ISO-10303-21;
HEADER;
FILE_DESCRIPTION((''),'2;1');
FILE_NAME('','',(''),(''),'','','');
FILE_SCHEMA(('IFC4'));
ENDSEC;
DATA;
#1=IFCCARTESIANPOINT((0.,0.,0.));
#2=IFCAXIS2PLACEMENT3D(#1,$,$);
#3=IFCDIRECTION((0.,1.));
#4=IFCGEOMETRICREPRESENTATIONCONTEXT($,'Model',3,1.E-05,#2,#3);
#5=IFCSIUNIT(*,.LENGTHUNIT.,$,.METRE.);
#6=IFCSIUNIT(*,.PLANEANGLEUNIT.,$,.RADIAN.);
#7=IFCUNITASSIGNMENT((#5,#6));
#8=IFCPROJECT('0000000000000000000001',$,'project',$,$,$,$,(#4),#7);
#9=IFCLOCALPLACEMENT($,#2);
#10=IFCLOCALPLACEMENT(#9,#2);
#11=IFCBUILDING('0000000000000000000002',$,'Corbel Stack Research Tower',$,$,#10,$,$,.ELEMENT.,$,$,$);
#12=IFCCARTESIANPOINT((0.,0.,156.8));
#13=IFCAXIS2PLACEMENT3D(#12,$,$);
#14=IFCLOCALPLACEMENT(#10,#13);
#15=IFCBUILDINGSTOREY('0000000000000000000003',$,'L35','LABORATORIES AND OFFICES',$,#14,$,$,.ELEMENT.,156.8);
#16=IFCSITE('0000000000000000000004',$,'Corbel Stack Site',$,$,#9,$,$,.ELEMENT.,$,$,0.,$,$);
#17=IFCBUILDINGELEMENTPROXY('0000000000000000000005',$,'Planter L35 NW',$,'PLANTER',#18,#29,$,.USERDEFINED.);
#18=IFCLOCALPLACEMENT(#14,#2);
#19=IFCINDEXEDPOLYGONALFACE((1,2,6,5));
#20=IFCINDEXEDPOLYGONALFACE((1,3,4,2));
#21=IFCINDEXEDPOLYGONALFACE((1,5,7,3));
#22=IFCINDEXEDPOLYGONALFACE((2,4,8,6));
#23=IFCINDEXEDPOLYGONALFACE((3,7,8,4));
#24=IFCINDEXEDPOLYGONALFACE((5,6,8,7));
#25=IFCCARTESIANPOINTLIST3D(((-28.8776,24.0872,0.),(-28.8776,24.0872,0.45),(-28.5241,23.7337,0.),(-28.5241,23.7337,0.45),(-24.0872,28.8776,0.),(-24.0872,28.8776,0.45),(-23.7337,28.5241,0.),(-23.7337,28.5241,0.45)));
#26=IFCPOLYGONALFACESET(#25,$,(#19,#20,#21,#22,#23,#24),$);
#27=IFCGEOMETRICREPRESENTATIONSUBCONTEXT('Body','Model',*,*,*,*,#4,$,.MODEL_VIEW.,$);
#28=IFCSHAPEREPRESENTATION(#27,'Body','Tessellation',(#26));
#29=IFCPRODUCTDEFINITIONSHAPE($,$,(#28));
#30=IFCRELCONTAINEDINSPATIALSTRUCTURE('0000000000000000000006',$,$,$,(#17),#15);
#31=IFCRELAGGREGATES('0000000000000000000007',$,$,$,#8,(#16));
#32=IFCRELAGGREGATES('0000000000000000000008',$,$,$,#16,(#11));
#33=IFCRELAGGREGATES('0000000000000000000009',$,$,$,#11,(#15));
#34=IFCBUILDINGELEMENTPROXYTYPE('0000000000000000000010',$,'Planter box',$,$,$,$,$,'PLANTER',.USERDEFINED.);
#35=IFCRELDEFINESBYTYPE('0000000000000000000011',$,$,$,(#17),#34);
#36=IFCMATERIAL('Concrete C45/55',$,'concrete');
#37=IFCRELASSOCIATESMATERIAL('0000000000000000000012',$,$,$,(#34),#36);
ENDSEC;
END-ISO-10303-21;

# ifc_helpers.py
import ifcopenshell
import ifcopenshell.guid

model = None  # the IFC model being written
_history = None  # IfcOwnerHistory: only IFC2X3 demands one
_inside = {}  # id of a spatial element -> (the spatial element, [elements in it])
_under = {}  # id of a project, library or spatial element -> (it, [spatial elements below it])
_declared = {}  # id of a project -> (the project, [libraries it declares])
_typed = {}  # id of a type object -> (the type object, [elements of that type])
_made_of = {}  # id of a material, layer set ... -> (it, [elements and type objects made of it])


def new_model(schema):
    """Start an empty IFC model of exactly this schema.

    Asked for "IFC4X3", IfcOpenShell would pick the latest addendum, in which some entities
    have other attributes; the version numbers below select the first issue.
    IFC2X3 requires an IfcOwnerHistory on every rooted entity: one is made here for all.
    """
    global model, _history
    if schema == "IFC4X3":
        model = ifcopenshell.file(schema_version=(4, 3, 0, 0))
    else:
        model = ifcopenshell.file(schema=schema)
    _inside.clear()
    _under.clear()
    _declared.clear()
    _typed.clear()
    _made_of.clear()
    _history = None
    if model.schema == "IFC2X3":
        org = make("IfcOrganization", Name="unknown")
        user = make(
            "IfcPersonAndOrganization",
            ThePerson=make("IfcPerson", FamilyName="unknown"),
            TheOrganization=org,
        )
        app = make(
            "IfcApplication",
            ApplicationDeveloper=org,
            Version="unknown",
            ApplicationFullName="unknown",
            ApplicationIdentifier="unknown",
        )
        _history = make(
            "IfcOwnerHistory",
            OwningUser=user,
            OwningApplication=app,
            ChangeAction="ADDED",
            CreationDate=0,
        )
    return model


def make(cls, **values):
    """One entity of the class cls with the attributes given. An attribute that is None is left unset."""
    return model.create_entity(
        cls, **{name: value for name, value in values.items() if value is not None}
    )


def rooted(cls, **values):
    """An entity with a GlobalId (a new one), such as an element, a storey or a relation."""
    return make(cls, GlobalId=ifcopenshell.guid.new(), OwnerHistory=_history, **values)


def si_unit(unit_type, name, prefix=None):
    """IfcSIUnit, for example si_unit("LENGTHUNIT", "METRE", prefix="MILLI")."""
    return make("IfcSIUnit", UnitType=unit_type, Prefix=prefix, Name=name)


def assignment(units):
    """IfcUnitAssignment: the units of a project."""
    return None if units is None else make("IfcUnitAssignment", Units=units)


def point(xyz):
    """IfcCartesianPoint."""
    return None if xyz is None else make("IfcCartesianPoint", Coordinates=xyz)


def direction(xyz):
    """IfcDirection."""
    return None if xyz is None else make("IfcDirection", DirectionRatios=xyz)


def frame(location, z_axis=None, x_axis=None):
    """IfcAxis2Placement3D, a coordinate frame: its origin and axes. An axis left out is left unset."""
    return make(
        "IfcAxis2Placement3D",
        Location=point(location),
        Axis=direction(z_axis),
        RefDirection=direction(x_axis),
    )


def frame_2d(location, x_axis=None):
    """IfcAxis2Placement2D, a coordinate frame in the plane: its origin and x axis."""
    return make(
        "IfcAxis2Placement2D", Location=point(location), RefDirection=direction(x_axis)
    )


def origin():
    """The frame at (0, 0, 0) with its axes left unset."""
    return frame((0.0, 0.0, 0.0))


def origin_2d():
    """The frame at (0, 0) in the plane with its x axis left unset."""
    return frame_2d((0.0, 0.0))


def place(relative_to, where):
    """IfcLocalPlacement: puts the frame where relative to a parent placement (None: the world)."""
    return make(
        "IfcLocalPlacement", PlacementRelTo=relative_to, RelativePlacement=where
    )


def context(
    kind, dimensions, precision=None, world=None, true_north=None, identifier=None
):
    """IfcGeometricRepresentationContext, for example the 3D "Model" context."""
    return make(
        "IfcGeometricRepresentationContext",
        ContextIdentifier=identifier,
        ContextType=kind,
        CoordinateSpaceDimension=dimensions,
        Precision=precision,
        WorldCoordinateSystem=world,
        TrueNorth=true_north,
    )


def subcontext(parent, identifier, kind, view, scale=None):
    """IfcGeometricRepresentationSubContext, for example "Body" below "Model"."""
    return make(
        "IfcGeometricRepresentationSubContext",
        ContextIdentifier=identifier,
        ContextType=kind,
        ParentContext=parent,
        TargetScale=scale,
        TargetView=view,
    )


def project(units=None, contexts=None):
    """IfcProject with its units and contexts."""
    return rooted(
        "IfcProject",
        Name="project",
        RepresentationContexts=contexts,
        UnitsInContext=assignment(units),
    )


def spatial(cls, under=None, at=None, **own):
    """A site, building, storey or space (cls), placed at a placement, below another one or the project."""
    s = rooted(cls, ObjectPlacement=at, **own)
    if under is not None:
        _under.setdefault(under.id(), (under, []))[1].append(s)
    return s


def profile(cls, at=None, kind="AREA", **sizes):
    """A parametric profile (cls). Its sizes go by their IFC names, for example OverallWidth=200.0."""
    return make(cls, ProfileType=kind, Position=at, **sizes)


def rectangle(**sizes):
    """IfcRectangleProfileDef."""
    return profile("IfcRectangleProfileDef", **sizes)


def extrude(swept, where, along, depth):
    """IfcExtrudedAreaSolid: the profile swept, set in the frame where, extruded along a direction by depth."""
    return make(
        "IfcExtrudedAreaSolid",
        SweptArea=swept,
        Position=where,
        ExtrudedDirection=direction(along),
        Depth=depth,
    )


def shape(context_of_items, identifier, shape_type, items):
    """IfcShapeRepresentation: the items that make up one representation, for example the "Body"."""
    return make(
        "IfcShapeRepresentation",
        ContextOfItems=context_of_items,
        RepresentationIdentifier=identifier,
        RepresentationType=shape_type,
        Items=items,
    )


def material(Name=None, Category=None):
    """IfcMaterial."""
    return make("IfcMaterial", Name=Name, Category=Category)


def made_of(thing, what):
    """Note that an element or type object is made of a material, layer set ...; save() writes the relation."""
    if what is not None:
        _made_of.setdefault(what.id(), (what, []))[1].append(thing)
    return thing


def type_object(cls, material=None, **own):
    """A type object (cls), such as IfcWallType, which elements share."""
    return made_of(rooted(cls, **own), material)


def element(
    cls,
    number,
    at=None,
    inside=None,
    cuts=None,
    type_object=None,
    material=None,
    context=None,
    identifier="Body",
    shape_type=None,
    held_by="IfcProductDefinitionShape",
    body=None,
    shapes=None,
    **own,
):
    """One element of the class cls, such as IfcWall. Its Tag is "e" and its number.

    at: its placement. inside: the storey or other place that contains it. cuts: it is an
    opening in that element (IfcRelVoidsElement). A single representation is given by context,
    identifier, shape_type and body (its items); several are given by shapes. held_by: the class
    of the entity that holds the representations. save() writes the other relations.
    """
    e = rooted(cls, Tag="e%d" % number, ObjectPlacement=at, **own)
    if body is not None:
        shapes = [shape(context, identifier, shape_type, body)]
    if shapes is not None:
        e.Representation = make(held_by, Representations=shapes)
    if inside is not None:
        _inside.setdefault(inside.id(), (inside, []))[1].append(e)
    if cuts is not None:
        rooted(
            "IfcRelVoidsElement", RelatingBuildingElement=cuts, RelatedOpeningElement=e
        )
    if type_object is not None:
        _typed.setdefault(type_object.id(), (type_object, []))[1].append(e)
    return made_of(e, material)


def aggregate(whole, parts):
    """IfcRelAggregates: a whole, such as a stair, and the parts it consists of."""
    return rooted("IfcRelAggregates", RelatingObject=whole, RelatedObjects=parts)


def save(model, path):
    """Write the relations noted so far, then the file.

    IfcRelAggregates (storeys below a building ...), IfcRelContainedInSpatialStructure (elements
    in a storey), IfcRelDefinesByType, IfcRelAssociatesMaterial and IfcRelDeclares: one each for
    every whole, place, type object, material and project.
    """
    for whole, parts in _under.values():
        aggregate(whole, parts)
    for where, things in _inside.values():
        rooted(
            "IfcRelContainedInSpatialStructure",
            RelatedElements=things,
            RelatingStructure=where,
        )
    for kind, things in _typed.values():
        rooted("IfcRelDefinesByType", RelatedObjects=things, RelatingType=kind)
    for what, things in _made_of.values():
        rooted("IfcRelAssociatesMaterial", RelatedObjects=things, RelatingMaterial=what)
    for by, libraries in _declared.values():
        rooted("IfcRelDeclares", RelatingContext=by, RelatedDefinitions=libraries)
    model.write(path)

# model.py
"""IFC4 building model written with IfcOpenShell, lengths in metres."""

from ifc_helpers import new_model, si_unit, direction, frame, origin, origin_2d, place, context, subcontext, project, spatial, rectangle, extrude, material, type_object, element, save


model = new_model("IFC4")

# Units and contexts
model_context = context("Model", 3, precision=1e-05, world=origin(), true_north=direction((0.0, 1.0)))
body_context = subcontext(model_context, "Body", "Model", "MODEL_VIEW")
ifc_project = project(units=[si_unit("LENGTHUNIT", "METRE"), si_unit("PLANEANGLEUNIT", "RADIAN")], contexts=[model_context])

# Site, building, storey
site_placement = place(None, origin())
site = spatial("IfcSite", under=ifc_project, at=site_placement, Name="Corbel Stack Site", CompositionType="ELEMENT", RefElevation=0.0)
building_placement = place(site_placement, origin())
building = spatial("IfcBuilding", under=site, at=building_placement, Name="Corbel Stack Research Tower", CompositionType="ELEMENT")
storey_placement = place(building_placement, frame((0.0, 0.0, 156.8)))
storey = spatial("IfcBuildingStorey", under=building, at=storey_placement, Name="L35", Description="LABORATORIES AND OFFICES", CompositionType="ELEMENT", Elevation=156.8)

# Building element proxy
ifc_material_1 = material(Name="Concrete C45/55", Category="concrete")
building_element_proxy_type = type_object("IfcBuildingElementProxyType", Name="Planter box", ElementType="PLANTER", PredefinedType="USERDEFINED", material=ifc_material_1)
proxy_placement = place(storey_placement, frame((-26.3057, 26.3057, 0.0), z_axis=(0.0, 0.0, 1.0), x_axis=(-0.707107, -0.707107, 0.0)))
element("IfcBuildingElementProxy", 1, at=proxy_placement, inside=storey, type_object=building_element_proxy_type, Name="Planter L35 NW", ObjectType="PLANTER", PredefinedType="USERDEFINED", context=body_context, shape_type="SweptSolid", body=[
    extrude(rectangle(XDim=6.7747, YDim=0.5, at=origin_2d()), origin(), (0.0, 0.0, 1.0), 0.45),
])

save(model, "model.ifc")
